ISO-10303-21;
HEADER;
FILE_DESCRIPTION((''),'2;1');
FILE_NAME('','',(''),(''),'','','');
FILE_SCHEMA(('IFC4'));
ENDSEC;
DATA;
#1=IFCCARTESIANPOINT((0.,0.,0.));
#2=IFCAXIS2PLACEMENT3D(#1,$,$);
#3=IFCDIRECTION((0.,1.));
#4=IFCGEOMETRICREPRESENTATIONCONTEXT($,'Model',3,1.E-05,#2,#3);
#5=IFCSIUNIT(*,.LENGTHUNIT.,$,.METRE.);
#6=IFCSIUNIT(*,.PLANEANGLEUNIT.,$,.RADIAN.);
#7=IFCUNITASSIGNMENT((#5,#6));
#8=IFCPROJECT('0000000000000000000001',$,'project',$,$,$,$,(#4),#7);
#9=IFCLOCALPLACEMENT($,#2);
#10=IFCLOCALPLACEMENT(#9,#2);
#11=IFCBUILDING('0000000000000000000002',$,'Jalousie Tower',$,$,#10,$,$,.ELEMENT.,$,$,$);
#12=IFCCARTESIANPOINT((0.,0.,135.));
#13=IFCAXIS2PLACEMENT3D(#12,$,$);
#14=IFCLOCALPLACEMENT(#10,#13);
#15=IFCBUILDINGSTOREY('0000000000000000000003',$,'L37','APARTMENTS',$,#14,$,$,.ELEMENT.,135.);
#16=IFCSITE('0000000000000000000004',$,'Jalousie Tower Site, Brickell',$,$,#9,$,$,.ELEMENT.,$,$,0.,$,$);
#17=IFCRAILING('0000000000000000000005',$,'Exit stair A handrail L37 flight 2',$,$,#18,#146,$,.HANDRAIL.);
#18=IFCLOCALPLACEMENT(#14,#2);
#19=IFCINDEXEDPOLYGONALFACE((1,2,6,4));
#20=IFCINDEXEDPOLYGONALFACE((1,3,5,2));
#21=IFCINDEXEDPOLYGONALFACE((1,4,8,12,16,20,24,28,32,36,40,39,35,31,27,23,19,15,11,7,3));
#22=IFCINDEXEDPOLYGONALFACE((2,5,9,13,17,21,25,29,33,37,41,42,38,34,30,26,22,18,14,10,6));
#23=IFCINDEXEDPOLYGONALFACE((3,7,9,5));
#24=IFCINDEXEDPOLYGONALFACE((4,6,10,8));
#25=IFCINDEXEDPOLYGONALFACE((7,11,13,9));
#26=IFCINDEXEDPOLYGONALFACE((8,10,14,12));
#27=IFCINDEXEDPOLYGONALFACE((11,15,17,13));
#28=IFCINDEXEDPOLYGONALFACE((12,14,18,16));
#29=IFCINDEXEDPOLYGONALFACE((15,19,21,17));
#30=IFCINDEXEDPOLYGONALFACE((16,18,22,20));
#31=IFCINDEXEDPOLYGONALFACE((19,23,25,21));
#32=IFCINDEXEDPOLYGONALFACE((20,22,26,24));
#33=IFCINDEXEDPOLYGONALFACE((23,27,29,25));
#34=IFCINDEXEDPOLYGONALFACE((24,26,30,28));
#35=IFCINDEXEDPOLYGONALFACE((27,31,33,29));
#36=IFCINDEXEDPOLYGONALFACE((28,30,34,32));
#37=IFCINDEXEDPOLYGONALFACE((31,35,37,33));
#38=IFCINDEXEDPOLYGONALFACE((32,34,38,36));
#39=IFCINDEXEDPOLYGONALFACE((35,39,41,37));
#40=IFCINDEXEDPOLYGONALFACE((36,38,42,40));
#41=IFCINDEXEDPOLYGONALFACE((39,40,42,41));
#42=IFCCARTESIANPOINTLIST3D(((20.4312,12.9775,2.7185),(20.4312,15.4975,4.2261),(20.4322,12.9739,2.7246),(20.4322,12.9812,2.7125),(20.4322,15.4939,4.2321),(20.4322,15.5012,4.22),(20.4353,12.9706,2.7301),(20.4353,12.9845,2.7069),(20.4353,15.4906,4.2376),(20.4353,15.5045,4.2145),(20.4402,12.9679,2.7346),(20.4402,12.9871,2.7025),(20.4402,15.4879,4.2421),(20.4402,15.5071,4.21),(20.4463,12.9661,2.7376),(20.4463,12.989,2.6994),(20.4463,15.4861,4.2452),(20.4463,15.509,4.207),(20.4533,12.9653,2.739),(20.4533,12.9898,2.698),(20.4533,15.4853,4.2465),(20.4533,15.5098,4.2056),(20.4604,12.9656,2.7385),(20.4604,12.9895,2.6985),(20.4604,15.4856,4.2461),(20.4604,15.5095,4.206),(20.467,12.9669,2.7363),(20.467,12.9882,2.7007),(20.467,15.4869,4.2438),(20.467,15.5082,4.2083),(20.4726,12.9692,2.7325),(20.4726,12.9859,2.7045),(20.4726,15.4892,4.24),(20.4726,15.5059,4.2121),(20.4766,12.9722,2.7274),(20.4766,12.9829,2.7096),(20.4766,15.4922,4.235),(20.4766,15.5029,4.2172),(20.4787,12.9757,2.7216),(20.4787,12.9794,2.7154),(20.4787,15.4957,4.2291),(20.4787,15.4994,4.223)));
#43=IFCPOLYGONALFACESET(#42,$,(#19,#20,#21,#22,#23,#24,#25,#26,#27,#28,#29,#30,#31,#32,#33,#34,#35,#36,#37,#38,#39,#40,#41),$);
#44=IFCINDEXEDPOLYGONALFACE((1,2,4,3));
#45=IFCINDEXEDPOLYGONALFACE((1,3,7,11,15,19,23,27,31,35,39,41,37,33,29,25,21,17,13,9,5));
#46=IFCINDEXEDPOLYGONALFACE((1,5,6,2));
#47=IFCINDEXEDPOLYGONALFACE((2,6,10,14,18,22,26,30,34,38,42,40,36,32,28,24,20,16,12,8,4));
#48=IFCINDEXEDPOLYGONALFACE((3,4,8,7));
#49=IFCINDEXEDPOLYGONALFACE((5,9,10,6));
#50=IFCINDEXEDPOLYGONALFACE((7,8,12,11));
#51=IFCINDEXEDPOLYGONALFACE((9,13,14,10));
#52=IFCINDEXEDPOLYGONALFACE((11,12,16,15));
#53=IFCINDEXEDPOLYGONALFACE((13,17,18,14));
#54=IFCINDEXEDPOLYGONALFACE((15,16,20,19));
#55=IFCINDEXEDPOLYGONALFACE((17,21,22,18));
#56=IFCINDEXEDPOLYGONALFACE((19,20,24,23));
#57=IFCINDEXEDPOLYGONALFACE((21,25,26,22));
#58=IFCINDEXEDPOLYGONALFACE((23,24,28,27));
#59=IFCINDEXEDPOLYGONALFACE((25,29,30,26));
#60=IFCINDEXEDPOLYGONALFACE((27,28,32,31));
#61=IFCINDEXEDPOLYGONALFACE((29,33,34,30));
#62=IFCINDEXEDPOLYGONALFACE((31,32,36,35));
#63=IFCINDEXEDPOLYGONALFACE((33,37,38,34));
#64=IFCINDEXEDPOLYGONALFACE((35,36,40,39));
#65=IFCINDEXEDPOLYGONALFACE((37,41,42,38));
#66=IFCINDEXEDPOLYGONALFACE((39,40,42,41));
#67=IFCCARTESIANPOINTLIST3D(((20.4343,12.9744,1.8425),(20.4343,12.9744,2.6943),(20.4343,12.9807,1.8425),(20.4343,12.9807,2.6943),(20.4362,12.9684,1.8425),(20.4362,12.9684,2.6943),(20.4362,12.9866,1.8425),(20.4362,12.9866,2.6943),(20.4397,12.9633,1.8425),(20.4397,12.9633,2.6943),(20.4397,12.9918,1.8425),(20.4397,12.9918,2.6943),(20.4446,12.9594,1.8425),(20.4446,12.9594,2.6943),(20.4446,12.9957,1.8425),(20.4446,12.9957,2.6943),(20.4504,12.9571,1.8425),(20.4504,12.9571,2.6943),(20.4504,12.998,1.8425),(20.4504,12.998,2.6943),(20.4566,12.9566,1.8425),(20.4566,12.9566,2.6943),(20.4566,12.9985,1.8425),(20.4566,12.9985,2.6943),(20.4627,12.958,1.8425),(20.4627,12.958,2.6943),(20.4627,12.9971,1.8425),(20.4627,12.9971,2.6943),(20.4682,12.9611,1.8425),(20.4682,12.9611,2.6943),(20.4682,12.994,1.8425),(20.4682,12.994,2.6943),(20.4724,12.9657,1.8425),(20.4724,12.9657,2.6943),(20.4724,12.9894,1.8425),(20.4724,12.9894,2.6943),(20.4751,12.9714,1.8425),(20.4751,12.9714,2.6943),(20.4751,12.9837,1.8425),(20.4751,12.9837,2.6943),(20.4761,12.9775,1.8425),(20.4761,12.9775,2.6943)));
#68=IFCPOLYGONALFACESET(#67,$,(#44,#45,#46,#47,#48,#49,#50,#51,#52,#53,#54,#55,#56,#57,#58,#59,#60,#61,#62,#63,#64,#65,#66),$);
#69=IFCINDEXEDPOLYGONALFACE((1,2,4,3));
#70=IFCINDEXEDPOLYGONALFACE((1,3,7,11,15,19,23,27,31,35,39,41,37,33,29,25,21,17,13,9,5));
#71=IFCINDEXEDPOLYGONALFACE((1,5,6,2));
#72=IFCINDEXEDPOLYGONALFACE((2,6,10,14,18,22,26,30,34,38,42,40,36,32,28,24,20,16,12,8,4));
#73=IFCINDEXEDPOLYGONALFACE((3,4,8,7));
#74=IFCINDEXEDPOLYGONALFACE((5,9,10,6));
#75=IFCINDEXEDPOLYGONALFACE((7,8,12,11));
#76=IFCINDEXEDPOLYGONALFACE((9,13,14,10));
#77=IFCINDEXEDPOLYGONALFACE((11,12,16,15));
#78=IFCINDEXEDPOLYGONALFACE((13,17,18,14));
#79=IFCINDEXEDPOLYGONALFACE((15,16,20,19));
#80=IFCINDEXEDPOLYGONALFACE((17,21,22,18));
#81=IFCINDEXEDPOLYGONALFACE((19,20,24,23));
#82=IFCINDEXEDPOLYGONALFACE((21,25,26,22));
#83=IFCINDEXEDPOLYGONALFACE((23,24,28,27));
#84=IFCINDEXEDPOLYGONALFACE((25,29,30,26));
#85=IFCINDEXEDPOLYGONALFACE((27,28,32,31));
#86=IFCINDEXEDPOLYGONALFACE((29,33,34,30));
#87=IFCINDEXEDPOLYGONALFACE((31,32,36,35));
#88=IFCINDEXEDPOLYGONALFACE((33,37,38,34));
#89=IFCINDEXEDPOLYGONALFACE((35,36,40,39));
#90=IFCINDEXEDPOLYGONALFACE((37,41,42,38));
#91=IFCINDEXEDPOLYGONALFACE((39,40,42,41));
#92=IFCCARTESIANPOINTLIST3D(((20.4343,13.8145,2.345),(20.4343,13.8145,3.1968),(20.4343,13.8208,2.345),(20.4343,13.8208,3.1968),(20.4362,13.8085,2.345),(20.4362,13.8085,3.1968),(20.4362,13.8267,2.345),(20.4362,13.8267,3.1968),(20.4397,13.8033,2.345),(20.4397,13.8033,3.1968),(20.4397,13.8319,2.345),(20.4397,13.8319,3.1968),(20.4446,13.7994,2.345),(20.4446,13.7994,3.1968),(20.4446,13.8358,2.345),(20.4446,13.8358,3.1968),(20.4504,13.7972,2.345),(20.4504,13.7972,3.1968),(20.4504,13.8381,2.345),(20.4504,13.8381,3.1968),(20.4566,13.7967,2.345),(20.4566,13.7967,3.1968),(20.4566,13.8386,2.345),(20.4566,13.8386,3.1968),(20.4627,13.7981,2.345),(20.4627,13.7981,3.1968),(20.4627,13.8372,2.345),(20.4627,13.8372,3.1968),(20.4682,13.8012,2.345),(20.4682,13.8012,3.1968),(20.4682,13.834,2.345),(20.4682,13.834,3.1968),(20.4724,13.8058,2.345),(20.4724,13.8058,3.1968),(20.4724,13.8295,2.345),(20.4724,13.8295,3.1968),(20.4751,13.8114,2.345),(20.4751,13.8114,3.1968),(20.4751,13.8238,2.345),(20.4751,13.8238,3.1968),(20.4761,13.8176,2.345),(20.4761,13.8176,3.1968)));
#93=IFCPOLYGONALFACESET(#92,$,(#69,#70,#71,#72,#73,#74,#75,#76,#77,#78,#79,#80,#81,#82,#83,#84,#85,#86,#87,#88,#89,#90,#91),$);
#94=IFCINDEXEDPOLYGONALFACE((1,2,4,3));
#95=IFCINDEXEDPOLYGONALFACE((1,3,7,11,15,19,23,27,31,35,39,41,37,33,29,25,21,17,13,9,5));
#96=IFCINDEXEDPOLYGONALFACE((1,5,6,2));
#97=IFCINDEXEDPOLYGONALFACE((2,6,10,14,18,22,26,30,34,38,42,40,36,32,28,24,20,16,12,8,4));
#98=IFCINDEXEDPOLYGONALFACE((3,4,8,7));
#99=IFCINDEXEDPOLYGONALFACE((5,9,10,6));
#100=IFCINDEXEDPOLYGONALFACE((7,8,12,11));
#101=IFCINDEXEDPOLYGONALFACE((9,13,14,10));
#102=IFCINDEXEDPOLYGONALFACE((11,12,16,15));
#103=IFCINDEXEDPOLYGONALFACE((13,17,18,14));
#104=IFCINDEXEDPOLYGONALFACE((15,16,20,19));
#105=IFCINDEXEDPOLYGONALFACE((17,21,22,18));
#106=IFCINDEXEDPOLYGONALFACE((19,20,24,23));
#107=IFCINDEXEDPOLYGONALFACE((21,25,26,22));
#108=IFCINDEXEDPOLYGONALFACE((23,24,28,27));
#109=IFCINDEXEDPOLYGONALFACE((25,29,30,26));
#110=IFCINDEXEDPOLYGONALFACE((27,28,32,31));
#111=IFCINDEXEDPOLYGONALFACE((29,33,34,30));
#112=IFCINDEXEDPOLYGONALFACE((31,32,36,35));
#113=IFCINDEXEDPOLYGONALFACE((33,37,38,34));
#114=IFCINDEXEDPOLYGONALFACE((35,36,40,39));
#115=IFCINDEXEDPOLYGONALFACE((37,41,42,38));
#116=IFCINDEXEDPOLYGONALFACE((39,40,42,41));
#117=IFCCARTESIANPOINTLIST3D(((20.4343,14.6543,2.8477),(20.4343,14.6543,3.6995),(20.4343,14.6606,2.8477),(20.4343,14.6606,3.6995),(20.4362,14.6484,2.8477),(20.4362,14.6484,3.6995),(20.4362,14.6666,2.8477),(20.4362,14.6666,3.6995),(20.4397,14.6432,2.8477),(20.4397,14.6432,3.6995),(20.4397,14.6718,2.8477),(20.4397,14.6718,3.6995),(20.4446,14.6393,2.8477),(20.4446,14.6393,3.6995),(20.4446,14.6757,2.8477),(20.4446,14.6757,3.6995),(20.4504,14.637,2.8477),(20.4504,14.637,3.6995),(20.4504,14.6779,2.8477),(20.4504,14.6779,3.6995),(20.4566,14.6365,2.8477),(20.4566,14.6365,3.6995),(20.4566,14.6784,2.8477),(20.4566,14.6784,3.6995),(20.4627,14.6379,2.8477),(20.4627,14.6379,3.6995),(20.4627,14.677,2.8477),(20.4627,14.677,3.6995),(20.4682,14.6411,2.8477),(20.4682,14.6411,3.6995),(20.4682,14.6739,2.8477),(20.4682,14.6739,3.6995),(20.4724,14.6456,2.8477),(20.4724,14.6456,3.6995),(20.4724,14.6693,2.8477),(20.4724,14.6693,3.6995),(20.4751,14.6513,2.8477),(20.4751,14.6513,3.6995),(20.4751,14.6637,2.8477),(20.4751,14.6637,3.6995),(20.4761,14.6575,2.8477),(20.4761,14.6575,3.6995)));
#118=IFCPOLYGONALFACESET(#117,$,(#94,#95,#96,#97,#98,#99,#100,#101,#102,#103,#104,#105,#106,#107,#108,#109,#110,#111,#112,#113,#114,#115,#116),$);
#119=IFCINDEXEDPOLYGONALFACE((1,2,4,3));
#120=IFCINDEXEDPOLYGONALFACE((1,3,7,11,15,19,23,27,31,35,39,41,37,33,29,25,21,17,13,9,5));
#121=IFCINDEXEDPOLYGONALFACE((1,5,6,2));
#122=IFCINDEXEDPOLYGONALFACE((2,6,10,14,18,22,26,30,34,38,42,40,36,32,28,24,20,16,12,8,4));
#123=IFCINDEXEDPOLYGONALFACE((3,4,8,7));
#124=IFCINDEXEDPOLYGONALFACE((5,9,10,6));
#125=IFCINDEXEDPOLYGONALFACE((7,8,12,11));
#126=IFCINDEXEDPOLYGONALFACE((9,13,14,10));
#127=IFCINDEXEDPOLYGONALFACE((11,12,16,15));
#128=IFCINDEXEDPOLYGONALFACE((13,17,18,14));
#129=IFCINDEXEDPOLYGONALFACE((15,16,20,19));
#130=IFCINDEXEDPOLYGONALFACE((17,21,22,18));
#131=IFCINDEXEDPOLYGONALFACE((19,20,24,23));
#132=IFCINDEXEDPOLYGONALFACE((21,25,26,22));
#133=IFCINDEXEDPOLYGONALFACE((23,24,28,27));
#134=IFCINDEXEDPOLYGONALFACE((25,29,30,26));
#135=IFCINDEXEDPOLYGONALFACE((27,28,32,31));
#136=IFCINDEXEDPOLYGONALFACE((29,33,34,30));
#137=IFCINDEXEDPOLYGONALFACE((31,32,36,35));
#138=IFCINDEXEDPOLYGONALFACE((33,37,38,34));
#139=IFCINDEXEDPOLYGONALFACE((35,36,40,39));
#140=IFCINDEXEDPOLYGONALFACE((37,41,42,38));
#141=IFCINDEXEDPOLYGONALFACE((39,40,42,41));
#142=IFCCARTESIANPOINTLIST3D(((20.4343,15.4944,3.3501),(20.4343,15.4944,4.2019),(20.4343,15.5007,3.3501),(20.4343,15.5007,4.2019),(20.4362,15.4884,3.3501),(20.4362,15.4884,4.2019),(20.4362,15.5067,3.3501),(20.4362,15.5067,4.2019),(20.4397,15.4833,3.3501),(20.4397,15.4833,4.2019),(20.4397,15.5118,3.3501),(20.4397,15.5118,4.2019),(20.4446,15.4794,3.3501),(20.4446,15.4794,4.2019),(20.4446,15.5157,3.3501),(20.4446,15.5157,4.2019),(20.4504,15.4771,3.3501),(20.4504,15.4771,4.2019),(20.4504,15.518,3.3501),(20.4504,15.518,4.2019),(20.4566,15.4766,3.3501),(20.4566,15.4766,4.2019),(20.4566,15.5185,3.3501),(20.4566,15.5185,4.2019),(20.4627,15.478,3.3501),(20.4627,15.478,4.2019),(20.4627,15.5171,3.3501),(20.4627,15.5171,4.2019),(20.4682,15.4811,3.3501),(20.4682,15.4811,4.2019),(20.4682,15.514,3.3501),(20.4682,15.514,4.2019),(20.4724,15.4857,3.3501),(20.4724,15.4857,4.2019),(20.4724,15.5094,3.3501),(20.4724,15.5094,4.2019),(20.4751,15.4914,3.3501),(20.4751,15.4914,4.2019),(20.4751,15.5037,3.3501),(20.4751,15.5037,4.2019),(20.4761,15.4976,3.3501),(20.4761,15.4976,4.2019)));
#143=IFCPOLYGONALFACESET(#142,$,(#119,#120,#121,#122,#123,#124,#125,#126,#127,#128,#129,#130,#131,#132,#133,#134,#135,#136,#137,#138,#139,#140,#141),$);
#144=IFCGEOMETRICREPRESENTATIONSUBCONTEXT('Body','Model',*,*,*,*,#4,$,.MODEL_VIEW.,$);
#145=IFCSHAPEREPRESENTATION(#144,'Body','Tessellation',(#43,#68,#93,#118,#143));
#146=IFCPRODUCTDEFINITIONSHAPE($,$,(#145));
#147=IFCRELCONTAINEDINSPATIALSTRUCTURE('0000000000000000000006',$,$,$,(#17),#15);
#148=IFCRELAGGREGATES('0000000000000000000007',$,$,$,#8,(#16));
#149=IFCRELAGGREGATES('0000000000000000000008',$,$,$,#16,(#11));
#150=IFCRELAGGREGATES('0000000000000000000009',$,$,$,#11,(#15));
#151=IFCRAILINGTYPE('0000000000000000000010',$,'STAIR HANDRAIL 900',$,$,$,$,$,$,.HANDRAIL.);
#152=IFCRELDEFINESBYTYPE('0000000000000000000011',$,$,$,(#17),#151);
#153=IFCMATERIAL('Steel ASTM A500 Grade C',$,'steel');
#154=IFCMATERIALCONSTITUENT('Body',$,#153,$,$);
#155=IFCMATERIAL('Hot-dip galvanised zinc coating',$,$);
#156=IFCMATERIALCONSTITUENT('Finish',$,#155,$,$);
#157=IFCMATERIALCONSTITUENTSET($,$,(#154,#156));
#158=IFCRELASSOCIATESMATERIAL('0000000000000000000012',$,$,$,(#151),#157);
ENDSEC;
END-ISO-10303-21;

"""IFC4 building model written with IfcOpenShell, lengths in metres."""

from ifc_helpers import new_model, si_unit, direction, frame, origin, origin_2d, place, context, subcontext, project, spatial, circle, extrude, material, constituent, constituent_set, type_object, element, save


model = new_model("IFC4")

# Units and contexts
model_context = context("Model", 3, precision=1e-05, world=origin(), true_north=direction((0.0, 1.0)))
body_context = subcontext(model_context, "Body", "Model", "MODEL_VIEW")
ifc_project = project(units=[si_unit("LENGTHUNIT", "METRE"), si_unit("PLANEANGLEUNIT", "RADIAN")], contexts=[model_context])

# Site, building, storey
site_placement = place(None, origin())
site = spatial("IfcSite", under=ifc_project, at=site_placement, Name="Jalousie Tower Site, Brickell", CompositionType="ELEMENT", RefElevation=0.0)
building_placement = place(site_placement, origin())
building = spatial("IfcBuilding", under=site, at=building_placement, Name="Jalousie Tower", CompositionType="ELEMENT")
storey_placement = place(building_placement, frame((0.0, 0.0, 135.0)))
storey = spatial("IfcBuildingStorey", under=building, at=storey_placement, Name="L37", Description="APARTMENTS", CompositionType="ELEMENT", Elevation=135.0)

# Railing
ifc_material_1 = material(Name="Steel ASTM A500 Grade C", Category="steel")
ifc_constituent_1 = constituent(ifc_material_1, Name="Body")
ifc_material_2 = material(Name="Hot-dip galvanised zinc coating")
ifc_constituent_2 = constituent(ifc_material_2, Name="Finish")
ifc_constituent_set_1 = constituent_set(constituents=[ifc_constituent_1, ifc_constituent_2])
railing_type_1 = type_object("IfcRailingType", Name="STAIR HANDRAIL 900", PredefinedType="HANDRAIL", material=ifc_constituent_set_1)
railing_1_placement = place(storey_placement, frame((20.4551, 12.9775, 1.8425)))
element("IfcRailing", 1, at=railing_1_placement, inside=storey, type_object=railing_type_1, Name="Exit stair A handrail L37 flight 2", PredefinedType="HANDRAIL", context=body_context, shape_type="SweptSolid", body=[
    extrude(circle(Radius=0.0239, at=origin_2d()), frame((0.0, 0.0, 0.876), z_axis=(0.0, 0.85816, 0.513383), x_axis=(-1.0, 0.0, 0.0)), (0.0, 0.0, 1.0), 2.9365),
    extrude(circle(Radius=0.021, at=origin_2d()), origin(), (0.0, 0.0, 1.0), 0.8518),
    extrude(circle(Radius=0.021, at=origin_2d()), frame((0.0, 0.8401, 0.5024)), (0.0, 0.0, 1.0), 0.8518),
    extrude(circle(Radius=0.021, at=origin_2d()), frame((0.0, 1.6799, 1.0051)), (0.0, 0.0, 1.0), 0.8518),
    extrude(circle(Radius=0.021, at=origin_2d()), frame((0.0, 2.52, 1.5076)), (0.0, 0.0, 1.0), 0.8518),
])

save(model, "model.ifc")
